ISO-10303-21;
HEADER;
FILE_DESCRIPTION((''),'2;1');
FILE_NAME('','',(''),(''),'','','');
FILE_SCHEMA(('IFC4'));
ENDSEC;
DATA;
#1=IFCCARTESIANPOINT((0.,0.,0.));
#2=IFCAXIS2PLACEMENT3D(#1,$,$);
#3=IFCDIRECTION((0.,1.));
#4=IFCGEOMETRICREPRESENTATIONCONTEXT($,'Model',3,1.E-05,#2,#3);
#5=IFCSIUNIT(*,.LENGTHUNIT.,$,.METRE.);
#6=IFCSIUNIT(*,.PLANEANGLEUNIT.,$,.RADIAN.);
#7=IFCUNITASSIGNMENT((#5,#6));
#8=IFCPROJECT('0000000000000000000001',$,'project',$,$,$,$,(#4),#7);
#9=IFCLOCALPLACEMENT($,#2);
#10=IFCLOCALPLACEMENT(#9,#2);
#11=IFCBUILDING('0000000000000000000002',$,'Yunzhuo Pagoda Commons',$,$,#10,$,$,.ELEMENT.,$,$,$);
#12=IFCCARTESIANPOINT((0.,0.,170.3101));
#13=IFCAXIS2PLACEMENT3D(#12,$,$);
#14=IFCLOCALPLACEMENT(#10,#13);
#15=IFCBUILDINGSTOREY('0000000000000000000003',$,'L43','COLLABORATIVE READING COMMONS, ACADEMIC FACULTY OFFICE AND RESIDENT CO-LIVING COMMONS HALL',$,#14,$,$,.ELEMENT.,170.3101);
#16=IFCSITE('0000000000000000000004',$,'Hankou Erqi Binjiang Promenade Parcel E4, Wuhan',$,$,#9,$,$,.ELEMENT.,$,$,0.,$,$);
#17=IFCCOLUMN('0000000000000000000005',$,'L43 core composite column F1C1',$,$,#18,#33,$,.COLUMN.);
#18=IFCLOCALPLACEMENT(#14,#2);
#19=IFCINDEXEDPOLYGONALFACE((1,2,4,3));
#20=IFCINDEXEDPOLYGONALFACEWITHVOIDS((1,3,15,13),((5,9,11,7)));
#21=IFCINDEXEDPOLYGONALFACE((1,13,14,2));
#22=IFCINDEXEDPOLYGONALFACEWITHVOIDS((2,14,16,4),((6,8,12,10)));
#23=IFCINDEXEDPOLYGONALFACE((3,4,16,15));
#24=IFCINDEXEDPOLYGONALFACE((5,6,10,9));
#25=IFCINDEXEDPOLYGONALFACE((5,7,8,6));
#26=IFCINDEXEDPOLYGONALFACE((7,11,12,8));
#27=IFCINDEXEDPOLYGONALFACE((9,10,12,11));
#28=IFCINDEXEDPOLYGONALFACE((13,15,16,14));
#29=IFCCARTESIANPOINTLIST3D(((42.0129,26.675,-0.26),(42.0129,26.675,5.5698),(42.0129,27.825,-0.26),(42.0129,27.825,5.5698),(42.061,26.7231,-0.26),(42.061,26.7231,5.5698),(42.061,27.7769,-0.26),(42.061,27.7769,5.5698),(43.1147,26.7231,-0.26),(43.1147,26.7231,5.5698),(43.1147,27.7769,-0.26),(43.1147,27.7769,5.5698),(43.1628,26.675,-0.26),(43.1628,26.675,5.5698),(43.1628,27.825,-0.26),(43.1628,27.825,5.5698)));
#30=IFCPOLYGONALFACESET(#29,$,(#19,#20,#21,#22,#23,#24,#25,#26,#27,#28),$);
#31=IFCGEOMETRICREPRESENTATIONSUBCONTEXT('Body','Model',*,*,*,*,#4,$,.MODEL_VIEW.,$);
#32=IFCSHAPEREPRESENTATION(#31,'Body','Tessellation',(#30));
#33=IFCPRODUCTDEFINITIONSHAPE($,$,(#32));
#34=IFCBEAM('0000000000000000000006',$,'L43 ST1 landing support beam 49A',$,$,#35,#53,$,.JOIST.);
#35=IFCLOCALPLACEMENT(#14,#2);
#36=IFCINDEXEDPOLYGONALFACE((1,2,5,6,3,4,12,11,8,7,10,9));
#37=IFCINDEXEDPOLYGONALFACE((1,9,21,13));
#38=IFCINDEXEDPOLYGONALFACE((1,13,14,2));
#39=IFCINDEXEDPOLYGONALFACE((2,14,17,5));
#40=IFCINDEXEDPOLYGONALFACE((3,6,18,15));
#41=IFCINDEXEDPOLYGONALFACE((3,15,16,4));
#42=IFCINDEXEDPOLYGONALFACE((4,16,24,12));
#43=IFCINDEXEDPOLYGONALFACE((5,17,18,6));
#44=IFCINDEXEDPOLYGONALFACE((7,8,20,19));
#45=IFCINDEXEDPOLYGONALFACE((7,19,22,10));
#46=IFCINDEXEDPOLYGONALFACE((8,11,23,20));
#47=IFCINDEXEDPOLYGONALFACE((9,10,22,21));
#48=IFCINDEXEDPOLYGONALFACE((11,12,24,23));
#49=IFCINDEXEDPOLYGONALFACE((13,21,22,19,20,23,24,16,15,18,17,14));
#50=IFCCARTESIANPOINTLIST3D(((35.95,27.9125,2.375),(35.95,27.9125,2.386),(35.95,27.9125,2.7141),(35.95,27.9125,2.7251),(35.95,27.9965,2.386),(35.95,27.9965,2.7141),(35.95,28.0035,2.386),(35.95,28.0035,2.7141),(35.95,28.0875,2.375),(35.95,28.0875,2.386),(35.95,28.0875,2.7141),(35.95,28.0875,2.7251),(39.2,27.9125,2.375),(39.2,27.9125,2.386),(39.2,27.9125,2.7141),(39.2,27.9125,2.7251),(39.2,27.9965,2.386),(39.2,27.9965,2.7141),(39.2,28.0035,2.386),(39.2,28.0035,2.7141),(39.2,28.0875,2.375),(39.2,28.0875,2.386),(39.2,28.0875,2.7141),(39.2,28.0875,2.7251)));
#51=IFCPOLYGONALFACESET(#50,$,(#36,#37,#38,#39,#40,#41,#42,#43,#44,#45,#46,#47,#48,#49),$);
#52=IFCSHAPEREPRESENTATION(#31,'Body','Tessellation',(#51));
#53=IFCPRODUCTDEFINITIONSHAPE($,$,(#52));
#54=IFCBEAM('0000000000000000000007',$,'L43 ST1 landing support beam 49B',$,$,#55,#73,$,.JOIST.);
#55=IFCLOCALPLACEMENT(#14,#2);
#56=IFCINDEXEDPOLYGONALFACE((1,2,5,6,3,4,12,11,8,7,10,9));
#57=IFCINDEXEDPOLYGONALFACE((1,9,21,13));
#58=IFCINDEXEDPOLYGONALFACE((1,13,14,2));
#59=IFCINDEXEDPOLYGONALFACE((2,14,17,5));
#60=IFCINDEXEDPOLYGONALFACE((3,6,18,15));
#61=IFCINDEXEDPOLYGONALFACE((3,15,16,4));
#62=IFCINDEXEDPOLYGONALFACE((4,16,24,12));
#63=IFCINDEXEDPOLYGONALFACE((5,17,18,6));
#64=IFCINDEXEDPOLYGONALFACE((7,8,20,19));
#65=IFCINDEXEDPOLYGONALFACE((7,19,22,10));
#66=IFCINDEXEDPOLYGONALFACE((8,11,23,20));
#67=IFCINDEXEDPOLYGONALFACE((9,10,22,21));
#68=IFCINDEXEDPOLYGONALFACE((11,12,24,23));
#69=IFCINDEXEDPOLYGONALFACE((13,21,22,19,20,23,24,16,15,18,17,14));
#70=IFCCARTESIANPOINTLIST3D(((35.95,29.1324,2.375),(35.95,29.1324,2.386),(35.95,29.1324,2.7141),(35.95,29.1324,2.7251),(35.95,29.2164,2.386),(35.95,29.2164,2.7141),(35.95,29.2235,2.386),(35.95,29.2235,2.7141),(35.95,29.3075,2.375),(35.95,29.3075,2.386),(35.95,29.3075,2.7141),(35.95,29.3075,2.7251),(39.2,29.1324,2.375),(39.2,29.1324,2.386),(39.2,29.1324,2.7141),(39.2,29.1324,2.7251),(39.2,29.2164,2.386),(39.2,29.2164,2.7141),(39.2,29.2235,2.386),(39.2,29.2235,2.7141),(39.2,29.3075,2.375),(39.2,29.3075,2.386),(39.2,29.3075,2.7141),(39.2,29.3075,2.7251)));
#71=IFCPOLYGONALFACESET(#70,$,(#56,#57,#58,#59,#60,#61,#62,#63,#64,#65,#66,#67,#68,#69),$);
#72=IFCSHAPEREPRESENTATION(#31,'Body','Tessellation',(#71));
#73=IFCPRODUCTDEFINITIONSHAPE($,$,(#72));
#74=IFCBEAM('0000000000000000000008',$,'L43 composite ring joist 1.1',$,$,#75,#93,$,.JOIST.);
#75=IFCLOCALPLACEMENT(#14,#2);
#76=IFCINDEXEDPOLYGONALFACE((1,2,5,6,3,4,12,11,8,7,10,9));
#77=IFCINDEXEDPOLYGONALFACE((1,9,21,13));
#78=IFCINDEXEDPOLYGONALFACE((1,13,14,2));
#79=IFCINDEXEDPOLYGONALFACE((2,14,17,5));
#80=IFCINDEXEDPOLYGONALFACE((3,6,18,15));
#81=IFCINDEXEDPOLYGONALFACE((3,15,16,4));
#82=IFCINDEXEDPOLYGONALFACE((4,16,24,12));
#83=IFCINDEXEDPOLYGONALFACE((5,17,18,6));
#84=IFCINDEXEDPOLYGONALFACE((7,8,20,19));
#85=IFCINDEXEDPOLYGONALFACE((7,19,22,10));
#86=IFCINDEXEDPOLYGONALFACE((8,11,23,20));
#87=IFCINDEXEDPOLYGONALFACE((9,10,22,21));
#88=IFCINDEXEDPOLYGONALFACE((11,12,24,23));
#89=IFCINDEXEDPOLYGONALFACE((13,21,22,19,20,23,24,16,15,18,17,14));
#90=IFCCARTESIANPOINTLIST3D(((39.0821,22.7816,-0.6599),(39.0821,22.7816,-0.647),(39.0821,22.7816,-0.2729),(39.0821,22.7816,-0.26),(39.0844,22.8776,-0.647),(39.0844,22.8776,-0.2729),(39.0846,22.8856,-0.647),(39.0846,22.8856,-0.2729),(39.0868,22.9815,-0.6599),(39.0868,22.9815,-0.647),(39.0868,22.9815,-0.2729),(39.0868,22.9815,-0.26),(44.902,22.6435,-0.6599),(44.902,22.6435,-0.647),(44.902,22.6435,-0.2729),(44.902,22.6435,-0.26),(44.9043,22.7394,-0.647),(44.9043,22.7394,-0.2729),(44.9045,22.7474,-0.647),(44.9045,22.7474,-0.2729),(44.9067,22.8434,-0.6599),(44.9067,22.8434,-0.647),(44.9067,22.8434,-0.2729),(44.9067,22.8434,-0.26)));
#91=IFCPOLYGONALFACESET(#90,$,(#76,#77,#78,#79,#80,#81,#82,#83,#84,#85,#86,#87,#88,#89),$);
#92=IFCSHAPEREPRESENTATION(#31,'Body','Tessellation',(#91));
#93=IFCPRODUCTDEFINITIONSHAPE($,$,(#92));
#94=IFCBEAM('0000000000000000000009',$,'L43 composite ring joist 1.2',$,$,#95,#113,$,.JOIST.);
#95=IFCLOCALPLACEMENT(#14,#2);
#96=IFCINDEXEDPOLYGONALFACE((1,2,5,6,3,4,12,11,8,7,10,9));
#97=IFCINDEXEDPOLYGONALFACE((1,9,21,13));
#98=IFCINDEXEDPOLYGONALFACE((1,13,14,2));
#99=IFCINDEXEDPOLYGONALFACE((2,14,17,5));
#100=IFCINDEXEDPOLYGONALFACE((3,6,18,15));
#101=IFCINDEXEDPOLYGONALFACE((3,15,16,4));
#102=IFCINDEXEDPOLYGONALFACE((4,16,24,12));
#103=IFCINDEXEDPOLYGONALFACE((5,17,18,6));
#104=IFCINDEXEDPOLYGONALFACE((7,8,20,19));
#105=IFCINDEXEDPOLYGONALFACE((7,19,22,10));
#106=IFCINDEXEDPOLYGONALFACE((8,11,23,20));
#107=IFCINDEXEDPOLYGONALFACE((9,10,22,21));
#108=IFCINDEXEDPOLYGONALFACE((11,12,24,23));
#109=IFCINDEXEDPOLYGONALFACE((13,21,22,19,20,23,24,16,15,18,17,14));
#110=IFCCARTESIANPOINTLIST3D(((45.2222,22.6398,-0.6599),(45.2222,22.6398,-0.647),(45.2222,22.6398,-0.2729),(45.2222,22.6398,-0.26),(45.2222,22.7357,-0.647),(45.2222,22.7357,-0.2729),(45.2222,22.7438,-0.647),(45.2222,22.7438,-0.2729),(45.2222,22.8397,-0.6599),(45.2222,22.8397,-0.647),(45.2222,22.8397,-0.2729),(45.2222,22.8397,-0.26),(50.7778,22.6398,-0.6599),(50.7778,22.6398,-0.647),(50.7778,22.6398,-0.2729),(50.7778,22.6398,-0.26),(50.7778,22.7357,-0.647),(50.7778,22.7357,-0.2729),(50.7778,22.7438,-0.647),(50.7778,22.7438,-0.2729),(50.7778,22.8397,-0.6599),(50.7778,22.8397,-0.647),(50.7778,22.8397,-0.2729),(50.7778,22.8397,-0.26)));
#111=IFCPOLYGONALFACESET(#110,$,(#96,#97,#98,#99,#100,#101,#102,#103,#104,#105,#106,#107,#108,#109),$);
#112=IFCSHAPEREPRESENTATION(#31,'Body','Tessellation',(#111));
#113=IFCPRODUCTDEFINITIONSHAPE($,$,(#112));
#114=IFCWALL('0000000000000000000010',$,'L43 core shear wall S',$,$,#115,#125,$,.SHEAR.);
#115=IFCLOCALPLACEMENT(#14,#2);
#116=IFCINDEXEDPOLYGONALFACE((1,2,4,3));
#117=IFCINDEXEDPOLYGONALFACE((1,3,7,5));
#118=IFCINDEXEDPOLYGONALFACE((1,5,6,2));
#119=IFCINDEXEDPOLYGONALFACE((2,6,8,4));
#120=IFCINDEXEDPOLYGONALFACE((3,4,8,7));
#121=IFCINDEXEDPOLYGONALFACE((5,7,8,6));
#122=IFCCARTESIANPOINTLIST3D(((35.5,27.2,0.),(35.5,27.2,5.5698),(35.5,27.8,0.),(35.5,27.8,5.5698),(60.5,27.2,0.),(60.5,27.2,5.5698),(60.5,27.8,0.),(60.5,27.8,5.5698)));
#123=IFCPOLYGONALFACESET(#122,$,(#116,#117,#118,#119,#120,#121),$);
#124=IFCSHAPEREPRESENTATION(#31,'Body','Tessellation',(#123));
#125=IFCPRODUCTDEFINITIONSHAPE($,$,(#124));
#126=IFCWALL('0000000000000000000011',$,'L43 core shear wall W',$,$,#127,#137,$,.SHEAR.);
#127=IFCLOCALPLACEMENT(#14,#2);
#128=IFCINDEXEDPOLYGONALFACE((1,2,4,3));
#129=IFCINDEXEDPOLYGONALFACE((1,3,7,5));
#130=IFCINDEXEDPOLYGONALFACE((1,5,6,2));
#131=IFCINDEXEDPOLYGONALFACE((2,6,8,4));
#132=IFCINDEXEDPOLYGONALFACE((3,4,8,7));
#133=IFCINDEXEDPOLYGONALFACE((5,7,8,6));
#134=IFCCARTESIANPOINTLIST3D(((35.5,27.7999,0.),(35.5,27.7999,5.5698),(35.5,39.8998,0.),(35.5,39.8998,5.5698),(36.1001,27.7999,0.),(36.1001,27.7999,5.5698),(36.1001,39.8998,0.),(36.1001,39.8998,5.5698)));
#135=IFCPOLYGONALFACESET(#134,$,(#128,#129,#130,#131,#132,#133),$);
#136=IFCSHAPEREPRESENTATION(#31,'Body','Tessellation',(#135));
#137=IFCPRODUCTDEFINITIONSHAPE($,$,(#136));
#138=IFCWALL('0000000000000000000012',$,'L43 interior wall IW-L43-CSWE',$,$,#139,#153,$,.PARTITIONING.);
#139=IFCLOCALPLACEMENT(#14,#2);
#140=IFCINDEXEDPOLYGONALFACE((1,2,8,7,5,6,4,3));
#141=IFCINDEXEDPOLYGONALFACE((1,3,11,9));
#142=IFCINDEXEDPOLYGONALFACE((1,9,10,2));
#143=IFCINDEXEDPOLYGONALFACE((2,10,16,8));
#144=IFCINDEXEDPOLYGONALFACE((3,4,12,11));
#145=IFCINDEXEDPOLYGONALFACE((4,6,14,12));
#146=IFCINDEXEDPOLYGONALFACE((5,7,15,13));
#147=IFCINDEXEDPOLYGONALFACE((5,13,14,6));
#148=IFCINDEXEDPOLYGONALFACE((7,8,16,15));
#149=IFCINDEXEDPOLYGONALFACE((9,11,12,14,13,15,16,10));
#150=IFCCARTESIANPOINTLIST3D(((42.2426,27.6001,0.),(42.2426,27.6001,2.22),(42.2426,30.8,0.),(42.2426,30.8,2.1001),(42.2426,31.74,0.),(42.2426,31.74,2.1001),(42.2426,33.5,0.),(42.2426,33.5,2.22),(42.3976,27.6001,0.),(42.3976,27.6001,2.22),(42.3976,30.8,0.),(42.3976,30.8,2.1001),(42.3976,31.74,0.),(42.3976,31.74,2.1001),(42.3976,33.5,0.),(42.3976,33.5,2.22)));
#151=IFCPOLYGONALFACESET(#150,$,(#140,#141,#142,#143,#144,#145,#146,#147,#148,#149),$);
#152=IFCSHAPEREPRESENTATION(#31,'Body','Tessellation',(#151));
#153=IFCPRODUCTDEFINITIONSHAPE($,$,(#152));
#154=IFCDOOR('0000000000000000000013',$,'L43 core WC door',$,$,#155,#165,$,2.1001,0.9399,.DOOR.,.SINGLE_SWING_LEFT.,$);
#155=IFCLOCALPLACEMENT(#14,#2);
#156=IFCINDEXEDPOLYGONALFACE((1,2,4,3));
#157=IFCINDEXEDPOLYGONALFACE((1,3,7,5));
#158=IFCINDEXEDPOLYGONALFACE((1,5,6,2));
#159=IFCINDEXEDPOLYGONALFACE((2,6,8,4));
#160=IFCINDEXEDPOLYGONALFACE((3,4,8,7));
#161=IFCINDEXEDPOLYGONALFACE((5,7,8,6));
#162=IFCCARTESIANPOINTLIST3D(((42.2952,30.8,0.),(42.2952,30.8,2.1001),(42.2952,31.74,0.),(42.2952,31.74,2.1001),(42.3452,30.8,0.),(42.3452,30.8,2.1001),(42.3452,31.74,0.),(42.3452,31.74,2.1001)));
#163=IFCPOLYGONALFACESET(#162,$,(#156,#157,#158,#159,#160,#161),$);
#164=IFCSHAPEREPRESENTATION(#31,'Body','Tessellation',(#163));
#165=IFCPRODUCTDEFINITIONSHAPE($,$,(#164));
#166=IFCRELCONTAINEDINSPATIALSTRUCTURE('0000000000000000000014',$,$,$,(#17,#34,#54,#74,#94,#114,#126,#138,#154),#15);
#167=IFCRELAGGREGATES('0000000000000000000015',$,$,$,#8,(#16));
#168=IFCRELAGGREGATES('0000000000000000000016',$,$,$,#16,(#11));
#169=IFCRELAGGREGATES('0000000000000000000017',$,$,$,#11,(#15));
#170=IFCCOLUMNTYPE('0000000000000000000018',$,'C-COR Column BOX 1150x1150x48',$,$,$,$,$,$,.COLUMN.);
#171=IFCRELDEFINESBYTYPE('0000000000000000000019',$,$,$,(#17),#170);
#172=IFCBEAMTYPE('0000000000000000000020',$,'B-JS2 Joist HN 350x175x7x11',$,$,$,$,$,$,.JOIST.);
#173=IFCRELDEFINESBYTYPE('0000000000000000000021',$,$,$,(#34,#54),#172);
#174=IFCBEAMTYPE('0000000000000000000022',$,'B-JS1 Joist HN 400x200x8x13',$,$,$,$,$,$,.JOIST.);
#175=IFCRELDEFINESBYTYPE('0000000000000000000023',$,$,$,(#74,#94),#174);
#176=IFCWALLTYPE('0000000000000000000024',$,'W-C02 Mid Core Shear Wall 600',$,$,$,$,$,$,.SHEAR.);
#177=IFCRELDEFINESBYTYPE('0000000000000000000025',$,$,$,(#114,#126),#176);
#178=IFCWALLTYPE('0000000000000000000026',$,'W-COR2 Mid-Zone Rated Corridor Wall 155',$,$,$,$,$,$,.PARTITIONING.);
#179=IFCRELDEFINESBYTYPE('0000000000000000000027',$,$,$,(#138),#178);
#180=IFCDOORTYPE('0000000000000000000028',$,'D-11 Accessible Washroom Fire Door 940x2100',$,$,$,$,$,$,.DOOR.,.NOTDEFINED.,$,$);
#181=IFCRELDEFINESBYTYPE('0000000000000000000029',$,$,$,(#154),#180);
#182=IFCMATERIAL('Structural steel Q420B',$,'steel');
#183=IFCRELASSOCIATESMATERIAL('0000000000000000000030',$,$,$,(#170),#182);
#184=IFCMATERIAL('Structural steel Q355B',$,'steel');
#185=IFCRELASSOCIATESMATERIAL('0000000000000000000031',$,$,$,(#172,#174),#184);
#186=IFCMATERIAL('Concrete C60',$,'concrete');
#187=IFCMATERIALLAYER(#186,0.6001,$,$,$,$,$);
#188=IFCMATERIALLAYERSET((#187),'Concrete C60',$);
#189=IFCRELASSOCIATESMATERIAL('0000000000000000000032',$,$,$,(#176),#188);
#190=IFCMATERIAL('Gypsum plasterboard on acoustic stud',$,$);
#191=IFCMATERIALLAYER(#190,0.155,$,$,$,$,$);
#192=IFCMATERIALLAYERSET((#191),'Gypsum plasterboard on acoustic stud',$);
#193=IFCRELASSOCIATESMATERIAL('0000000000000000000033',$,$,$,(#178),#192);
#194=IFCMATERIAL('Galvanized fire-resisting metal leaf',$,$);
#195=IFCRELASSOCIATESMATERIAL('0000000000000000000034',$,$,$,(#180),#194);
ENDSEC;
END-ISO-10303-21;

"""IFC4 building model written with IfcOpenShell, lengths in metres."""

from ifc_helpers import new_model, si_unit, direction, frame, frame_2d, origin, origin_with_axes, origin_2d, place, context, subcontext, project, spatial, rectangle, hollow_rectangle, i_section, extrude, source, transform, mapped, material, layer, layer_set, material_profile, profile_set, type_object, element, fill, save


model = new_model("IFC4")

# Units and contexts
model_context = context("Model", 3, precision=1e-05, world=origin(), true_north=direction((0.0, 1.0)))
body_context = subcontext(model_context, "Body", "Model", "MODEL_VIEW")
ifc_project = project(units=[si_unit("LENGTHUNIT", "METRE"), si_unit("PLANEANGLEUNIT", "RADIAN")], contexts=[model_context])

# Site, building, storey
site_placement = place(None, origin())
site = spatial("IfcSite", under=ifc_project, at=site_placement, Name="Hankou Erqi Binjiang Promenade Parcel E4, Wuhan", CompositionType="ELEMENT", RefElevation=0.0)
building_placement = place(site_placement, origin())
building = spatial("IfcBuilding", under=site, at=building_placement, Name="Yunzhuo Pagoda Commons", CompositionType="ELEMENT")
storey_placement = place(building_placement, frame((0.0, 0.0, 170.3101)))
storey = spatial("IfcBuildingStorey", under=building, at=storey_placement, Name="L43", Description="COLLABORATIVE READING COMMONS, ACADEMIC FACULTY OFFICE AND RESIDENT CO-LIVING COMMONS HALL", CompositionType="ELEMENT", Elevation=170.3101)

# Column
ifc_material_1 = material(Name="Structural steel Q420B", Category="steel")
ifc_material_profile_1 = material_profile(ifc_material_1, hollow_rectangle(XDim=1.1499, YDim=1.1499, WallThickness=0.0481, at=origin_2d()), Name="Structural steel Q420B")
ifc_profile_set_1 = profile_set([ifc_material_profile_1], Name="Structural steel Q420B")
column_type = type_object("IfcColumnType", Name="C-COR Column BOX 1150x1150x48", PredefinedType="COLUMN", material=ifc_profile_set_1)
shared_shape_1 = source(origin(), body_context, "Body", "SweptSolid", [
    extrude(hollow_rectangle(XDim=1.1499, YDim=1.1499, WallThickness=0.0481, at=origin_2d()), origin(), (0.0, 0.0, 1.0), 5.8298),
])
column_placement = place(storey_placement, frame((42.5879, 27.25, -0.26), z_axis=(0.0, 0.0, 1.0), x_axis=(1.0, 0.0, 0.0)))
element("IfcColumn", 1, at=column_placement, inside=storey, type_object=column_type, Name="L43 core composite column F1C1", PredefinedType="COLUMN", context=body_context, shape_type="MappedRepresentation", body=[
    mapped(shared_shape_1, transform((0.0, 0.0, 0.0), scale=1.0)),
])

# Beams
ifc_material_2 = material(Name="Structural steel Q355B", Category="steel")
ifc_material_profile_2 = material_profile(ifc_material_2, i_section(OverallWidth=0.175, OverallDepth=0.3501, WebThickness=0.0071, FlangeThickness=0.011, at=origin_2d()), Name="Structural steel Q355B")
ifc_profile_set_2 = profile_set([ifc_material_profile_2], Name="Structural steel Q355B")
beam_type_1 = type_object("IfcBeamType", Name="B-JS2 Joist HN 350x175x7x11", PredefinedType="JOIST", material=ifc_profile_set_2)
shared_shape_2 = source(origin(), body_context, "Body", "SweptSolid", [
    extrude(i_section(OverallWidth=0.175, OverallDepth=0.3501, WebThickness=0.0071, FlangeThickness=0.011, at=origin_2d()), origin(), (0.0, 0.0, 1.0), 3.25),
])
for number, where, z_axis, x_axis, name in (
    (2, (35.95, 28.0, 2.55), (1.0, 0.0, 0.0), (0.0, 1.0, 0.0), "L43 ST1 landing support beam 49A"),
    (3, (35.95, 29.22, 2.55), (1.0, 0.0, 0.0), (0.0, 1.0, 0.0), "L43 ST1 landing support beam 49B"),
):
    element("IfcBeam", number, at=place(storey_placement, frame(where, z_axis=z_axis, x_axis=x_axis)), inside=storey, type_object=beam_type_1, Name=name, PredefinedType="JOIST", context=body_context, shape_type="MappedRepresentation", body=[
        mapped(shared_shape_2, transform((0.0, 0.0, 0.0), scale=1.0)),
    ])
ifc_material_profile_3 = material_profile(ifc_material_2, i_section(OverallWidth=0.2, OverallDepth=0.3999, WebThickness=0.0081, FlangeThickness=0.0129, at=origin_2d()), Name="Structural steel Q355B")
ifc_profile_set_3 = profile_set([ifc_material_profile_3], Name="Structural steel Q355B")
beam_type_2 = type_object("IfcBeamType", Name="B-JS1 Joist HN 400x200x8x13", PredefinedType="JOIST", material=ifc_profile_set_3)
shared_shape_3 = source(origin(), body_context, "Body", "SweptSolid", [
    extrude(i_section(OverallWidth=0.2, OverallDepth=0.3999, WebThickness=0.0081, FlangeThickness=0.0129, at=origin_2d()), origin(), (0.0, 0.0, 1.0), 5.8215),
])
beam_1_placement = place(storey_placement, frame((39.0845, 22.8816, -0.46), z_axis=(0.999718, -0.023737, 0.0), x_axis=(0.023737, 0.999718, 0.0)))
element("IfcBeam", 4, at=beam_1_placement, inside=storey, type_object=beam_type_2, Name="L43 composite ring joist 1.1", PredefinedType="JOIST", context=body_context, shape_type="MappedRepresentation", body=[
    mapped(shared_shape_3, transform((0.0, 0.0, 0.0), scale=1.0)),
])
shared_shape_4 = source(origin(), body_context, "Body", "SweptSolid", [
    extrude(i_section(OverallWidth=0.2, OverallDepth=0.3999, WebThickness=0.0081, FlangeThickness=0.0129, at=origin_2d()), origin(), (0.0, 0.0, 1.0), 5.5557),
])
beam_2_placement = place(storey_placement, frame((45.2222, 22.7397, -0.46), z_axis=(1.0, 0.0, 0.0), x_axis=(0.0, 1.0, 0.0)))
element("IfcBeam", 5, at=beam_2_placement, inside=storey, type_object=beam_type_2, Name="L43 composite ring joist 1.2", PredefinedType="JOIST", context=body_context, shape_type="MappedRepresentation", body=[
    mapped(shared_shape_4, transform((0.0, 0.0, 0.0), scale=1.0)),
])

# Walls
ifc_material_3 = material(Name="Concrete C60", Category="concrete")
ifc_layer_1 = layer(ifc_material_3, 0.6001)
ifc_layer_set_1 = layer_set([ifc_layer_1], Name="Concrete C60")
wall_type_1 = type_object("IfcWallType", Name="W-C02 Mid Core Shear Wall 600", PredefinedType="SHEAR", material=ifc_layer_set_1)
wall_1_placement = place(storey_placement, frame((35.5, 27.5, 0.0), z_axis=(0.0, 0.0, 1.0), x_axis=(1.0, 0.0, 0.0)))
element("IfcWall", 6, at=wall_1_placement, inside=storey, type_object=wall_type_1, Name="L43 core shear wall S", PredefinedType="SHEAR", context=body_context, shape_type="SweptSolid", body=[
    extrude(rectangle(XDim=25.0, YDim=0.6001, at=frame_2d((12.5, 0.0))), origin(), (0.0, 0.0, 1.0), 5.5698),
])
wall_2_placement = place(storey_placement, frame((35.8, 27.8, 0.0), z_axis=(0.0, 0.0, 1.0), x_axis=(0.0, 1.0, 0.0)))
element("IfcWall", 7, at=wall_2_placement, inside=storey, type_object=wall_type_1, Name="L43 core shear wall W", PredefinedType="SHEAR", context=body_context, shape_type="SweptSolid", body=[
    extrude(rectangle(XDim=12.0999, YDim=0.6001, at=frame_2d((6.0498, 0.0))), origin(), (0.0, 0.0, 1.0), 5.5698),
])

# Wall, opening, door
ifc_material_4 = material(Name="Gypsum plasterboard on acoustic stud")
ifc_layer_2 = layer(ifc_material_4, 0.155)
ifc_layer_set_2 = layer_set([ifc_layer_2], Name="Gypsum plasterboard on acoustic stud")
wall_type_2 = type_object("IfcWallType", Name="W-COR2 Mid-Zone Rated Corridor Wall 155", PredefinedType="PARTITIONING", material=ifc_layer_set_2)
wall_3_placement = place(storey_placement, frame((42.3201, 27.6001, 0.0), z_axis=(0.0, 0.0, 1.0), x_axis=(0.0, 1.0, 0.0)))
wall_3 = element("IfcWall", 8, at=wall_3_placement, inside=storey, type_object=wall_type_2, Name="L43 interior wall IW-L43-CSWE", PredefinedType="PARTITIONING", context=body_context, shape_type="SweptSolid", body=[
    extrude(rectangle(XDim=5.8999, YDim=0.155, at=frame_2d((2.95, 0.0))), origin(), (0.0, 0.0, 1.0), 2.22),
])
opening_1_placement = place(wall_3_placement, frame((3.2, 0.0, 0.0)))
opening_1 = element("IfcOpeningElement", 9, at=opening_1_placement, cuts=wall_3, PredefinedType="OPENING", context=body_context, shape_type="SweptSolid", body=[
    extrude(rectangle(XDim=0.9399, YDim=2.1001, at=frame_2d((0.47, 1.05))), frame((0.0, 0.0874, 0.0), z_axis=(0.0, -1.0, 0.0), x_axis=(1.0, 0.0, 0.0)), (0.0, 0.0, 1.0), 0.175),
])
ifc_material_5 = material(Name="Galvanized fire-resisting metal leaf")
door_type_1 = type_object("IfcDoorType", Name="D-11 Accessible Washroom Fire Door 940x2100", OperationType="NOTDEFINED", PredefinedType="DOOR", material=ifc_material_5)
shared_shape_5 = source(origin(), body_context, "Body", "SweptSolid", [
    extrude(rectangle(XDim=0.9399, YDim=2.1001, at=frame_2d((0.47, 1.05))), frame((0.0, 0.0249, 0.0), z_axis=(0.0, -1.0, 0.0), x_axis=(1.0, 0.0, 0.0)), (0.0, 0.0, 1.0), 0.05),
])
door_1_placement = place(opening_1_placement, origin_with_axes())
door_1 = element("IfcDoor", 10, at=door_1_placement, inside=storey, type_object=door_type_1, Name="L43 core WC door", OperationType="SINGLE_SWING_LEFT", OverallHeight=2.1001, OverallWidth=0.9399, PredefinedType="DOOR", context=body_context, shape_type="MappedRepresentation", body=[
    mapped(shared_shape_5, transform((0.0, 0.0, 0.0), scale=1.0)),
])
fill(opening_1, door_1)

save(model, "model.ifc")
